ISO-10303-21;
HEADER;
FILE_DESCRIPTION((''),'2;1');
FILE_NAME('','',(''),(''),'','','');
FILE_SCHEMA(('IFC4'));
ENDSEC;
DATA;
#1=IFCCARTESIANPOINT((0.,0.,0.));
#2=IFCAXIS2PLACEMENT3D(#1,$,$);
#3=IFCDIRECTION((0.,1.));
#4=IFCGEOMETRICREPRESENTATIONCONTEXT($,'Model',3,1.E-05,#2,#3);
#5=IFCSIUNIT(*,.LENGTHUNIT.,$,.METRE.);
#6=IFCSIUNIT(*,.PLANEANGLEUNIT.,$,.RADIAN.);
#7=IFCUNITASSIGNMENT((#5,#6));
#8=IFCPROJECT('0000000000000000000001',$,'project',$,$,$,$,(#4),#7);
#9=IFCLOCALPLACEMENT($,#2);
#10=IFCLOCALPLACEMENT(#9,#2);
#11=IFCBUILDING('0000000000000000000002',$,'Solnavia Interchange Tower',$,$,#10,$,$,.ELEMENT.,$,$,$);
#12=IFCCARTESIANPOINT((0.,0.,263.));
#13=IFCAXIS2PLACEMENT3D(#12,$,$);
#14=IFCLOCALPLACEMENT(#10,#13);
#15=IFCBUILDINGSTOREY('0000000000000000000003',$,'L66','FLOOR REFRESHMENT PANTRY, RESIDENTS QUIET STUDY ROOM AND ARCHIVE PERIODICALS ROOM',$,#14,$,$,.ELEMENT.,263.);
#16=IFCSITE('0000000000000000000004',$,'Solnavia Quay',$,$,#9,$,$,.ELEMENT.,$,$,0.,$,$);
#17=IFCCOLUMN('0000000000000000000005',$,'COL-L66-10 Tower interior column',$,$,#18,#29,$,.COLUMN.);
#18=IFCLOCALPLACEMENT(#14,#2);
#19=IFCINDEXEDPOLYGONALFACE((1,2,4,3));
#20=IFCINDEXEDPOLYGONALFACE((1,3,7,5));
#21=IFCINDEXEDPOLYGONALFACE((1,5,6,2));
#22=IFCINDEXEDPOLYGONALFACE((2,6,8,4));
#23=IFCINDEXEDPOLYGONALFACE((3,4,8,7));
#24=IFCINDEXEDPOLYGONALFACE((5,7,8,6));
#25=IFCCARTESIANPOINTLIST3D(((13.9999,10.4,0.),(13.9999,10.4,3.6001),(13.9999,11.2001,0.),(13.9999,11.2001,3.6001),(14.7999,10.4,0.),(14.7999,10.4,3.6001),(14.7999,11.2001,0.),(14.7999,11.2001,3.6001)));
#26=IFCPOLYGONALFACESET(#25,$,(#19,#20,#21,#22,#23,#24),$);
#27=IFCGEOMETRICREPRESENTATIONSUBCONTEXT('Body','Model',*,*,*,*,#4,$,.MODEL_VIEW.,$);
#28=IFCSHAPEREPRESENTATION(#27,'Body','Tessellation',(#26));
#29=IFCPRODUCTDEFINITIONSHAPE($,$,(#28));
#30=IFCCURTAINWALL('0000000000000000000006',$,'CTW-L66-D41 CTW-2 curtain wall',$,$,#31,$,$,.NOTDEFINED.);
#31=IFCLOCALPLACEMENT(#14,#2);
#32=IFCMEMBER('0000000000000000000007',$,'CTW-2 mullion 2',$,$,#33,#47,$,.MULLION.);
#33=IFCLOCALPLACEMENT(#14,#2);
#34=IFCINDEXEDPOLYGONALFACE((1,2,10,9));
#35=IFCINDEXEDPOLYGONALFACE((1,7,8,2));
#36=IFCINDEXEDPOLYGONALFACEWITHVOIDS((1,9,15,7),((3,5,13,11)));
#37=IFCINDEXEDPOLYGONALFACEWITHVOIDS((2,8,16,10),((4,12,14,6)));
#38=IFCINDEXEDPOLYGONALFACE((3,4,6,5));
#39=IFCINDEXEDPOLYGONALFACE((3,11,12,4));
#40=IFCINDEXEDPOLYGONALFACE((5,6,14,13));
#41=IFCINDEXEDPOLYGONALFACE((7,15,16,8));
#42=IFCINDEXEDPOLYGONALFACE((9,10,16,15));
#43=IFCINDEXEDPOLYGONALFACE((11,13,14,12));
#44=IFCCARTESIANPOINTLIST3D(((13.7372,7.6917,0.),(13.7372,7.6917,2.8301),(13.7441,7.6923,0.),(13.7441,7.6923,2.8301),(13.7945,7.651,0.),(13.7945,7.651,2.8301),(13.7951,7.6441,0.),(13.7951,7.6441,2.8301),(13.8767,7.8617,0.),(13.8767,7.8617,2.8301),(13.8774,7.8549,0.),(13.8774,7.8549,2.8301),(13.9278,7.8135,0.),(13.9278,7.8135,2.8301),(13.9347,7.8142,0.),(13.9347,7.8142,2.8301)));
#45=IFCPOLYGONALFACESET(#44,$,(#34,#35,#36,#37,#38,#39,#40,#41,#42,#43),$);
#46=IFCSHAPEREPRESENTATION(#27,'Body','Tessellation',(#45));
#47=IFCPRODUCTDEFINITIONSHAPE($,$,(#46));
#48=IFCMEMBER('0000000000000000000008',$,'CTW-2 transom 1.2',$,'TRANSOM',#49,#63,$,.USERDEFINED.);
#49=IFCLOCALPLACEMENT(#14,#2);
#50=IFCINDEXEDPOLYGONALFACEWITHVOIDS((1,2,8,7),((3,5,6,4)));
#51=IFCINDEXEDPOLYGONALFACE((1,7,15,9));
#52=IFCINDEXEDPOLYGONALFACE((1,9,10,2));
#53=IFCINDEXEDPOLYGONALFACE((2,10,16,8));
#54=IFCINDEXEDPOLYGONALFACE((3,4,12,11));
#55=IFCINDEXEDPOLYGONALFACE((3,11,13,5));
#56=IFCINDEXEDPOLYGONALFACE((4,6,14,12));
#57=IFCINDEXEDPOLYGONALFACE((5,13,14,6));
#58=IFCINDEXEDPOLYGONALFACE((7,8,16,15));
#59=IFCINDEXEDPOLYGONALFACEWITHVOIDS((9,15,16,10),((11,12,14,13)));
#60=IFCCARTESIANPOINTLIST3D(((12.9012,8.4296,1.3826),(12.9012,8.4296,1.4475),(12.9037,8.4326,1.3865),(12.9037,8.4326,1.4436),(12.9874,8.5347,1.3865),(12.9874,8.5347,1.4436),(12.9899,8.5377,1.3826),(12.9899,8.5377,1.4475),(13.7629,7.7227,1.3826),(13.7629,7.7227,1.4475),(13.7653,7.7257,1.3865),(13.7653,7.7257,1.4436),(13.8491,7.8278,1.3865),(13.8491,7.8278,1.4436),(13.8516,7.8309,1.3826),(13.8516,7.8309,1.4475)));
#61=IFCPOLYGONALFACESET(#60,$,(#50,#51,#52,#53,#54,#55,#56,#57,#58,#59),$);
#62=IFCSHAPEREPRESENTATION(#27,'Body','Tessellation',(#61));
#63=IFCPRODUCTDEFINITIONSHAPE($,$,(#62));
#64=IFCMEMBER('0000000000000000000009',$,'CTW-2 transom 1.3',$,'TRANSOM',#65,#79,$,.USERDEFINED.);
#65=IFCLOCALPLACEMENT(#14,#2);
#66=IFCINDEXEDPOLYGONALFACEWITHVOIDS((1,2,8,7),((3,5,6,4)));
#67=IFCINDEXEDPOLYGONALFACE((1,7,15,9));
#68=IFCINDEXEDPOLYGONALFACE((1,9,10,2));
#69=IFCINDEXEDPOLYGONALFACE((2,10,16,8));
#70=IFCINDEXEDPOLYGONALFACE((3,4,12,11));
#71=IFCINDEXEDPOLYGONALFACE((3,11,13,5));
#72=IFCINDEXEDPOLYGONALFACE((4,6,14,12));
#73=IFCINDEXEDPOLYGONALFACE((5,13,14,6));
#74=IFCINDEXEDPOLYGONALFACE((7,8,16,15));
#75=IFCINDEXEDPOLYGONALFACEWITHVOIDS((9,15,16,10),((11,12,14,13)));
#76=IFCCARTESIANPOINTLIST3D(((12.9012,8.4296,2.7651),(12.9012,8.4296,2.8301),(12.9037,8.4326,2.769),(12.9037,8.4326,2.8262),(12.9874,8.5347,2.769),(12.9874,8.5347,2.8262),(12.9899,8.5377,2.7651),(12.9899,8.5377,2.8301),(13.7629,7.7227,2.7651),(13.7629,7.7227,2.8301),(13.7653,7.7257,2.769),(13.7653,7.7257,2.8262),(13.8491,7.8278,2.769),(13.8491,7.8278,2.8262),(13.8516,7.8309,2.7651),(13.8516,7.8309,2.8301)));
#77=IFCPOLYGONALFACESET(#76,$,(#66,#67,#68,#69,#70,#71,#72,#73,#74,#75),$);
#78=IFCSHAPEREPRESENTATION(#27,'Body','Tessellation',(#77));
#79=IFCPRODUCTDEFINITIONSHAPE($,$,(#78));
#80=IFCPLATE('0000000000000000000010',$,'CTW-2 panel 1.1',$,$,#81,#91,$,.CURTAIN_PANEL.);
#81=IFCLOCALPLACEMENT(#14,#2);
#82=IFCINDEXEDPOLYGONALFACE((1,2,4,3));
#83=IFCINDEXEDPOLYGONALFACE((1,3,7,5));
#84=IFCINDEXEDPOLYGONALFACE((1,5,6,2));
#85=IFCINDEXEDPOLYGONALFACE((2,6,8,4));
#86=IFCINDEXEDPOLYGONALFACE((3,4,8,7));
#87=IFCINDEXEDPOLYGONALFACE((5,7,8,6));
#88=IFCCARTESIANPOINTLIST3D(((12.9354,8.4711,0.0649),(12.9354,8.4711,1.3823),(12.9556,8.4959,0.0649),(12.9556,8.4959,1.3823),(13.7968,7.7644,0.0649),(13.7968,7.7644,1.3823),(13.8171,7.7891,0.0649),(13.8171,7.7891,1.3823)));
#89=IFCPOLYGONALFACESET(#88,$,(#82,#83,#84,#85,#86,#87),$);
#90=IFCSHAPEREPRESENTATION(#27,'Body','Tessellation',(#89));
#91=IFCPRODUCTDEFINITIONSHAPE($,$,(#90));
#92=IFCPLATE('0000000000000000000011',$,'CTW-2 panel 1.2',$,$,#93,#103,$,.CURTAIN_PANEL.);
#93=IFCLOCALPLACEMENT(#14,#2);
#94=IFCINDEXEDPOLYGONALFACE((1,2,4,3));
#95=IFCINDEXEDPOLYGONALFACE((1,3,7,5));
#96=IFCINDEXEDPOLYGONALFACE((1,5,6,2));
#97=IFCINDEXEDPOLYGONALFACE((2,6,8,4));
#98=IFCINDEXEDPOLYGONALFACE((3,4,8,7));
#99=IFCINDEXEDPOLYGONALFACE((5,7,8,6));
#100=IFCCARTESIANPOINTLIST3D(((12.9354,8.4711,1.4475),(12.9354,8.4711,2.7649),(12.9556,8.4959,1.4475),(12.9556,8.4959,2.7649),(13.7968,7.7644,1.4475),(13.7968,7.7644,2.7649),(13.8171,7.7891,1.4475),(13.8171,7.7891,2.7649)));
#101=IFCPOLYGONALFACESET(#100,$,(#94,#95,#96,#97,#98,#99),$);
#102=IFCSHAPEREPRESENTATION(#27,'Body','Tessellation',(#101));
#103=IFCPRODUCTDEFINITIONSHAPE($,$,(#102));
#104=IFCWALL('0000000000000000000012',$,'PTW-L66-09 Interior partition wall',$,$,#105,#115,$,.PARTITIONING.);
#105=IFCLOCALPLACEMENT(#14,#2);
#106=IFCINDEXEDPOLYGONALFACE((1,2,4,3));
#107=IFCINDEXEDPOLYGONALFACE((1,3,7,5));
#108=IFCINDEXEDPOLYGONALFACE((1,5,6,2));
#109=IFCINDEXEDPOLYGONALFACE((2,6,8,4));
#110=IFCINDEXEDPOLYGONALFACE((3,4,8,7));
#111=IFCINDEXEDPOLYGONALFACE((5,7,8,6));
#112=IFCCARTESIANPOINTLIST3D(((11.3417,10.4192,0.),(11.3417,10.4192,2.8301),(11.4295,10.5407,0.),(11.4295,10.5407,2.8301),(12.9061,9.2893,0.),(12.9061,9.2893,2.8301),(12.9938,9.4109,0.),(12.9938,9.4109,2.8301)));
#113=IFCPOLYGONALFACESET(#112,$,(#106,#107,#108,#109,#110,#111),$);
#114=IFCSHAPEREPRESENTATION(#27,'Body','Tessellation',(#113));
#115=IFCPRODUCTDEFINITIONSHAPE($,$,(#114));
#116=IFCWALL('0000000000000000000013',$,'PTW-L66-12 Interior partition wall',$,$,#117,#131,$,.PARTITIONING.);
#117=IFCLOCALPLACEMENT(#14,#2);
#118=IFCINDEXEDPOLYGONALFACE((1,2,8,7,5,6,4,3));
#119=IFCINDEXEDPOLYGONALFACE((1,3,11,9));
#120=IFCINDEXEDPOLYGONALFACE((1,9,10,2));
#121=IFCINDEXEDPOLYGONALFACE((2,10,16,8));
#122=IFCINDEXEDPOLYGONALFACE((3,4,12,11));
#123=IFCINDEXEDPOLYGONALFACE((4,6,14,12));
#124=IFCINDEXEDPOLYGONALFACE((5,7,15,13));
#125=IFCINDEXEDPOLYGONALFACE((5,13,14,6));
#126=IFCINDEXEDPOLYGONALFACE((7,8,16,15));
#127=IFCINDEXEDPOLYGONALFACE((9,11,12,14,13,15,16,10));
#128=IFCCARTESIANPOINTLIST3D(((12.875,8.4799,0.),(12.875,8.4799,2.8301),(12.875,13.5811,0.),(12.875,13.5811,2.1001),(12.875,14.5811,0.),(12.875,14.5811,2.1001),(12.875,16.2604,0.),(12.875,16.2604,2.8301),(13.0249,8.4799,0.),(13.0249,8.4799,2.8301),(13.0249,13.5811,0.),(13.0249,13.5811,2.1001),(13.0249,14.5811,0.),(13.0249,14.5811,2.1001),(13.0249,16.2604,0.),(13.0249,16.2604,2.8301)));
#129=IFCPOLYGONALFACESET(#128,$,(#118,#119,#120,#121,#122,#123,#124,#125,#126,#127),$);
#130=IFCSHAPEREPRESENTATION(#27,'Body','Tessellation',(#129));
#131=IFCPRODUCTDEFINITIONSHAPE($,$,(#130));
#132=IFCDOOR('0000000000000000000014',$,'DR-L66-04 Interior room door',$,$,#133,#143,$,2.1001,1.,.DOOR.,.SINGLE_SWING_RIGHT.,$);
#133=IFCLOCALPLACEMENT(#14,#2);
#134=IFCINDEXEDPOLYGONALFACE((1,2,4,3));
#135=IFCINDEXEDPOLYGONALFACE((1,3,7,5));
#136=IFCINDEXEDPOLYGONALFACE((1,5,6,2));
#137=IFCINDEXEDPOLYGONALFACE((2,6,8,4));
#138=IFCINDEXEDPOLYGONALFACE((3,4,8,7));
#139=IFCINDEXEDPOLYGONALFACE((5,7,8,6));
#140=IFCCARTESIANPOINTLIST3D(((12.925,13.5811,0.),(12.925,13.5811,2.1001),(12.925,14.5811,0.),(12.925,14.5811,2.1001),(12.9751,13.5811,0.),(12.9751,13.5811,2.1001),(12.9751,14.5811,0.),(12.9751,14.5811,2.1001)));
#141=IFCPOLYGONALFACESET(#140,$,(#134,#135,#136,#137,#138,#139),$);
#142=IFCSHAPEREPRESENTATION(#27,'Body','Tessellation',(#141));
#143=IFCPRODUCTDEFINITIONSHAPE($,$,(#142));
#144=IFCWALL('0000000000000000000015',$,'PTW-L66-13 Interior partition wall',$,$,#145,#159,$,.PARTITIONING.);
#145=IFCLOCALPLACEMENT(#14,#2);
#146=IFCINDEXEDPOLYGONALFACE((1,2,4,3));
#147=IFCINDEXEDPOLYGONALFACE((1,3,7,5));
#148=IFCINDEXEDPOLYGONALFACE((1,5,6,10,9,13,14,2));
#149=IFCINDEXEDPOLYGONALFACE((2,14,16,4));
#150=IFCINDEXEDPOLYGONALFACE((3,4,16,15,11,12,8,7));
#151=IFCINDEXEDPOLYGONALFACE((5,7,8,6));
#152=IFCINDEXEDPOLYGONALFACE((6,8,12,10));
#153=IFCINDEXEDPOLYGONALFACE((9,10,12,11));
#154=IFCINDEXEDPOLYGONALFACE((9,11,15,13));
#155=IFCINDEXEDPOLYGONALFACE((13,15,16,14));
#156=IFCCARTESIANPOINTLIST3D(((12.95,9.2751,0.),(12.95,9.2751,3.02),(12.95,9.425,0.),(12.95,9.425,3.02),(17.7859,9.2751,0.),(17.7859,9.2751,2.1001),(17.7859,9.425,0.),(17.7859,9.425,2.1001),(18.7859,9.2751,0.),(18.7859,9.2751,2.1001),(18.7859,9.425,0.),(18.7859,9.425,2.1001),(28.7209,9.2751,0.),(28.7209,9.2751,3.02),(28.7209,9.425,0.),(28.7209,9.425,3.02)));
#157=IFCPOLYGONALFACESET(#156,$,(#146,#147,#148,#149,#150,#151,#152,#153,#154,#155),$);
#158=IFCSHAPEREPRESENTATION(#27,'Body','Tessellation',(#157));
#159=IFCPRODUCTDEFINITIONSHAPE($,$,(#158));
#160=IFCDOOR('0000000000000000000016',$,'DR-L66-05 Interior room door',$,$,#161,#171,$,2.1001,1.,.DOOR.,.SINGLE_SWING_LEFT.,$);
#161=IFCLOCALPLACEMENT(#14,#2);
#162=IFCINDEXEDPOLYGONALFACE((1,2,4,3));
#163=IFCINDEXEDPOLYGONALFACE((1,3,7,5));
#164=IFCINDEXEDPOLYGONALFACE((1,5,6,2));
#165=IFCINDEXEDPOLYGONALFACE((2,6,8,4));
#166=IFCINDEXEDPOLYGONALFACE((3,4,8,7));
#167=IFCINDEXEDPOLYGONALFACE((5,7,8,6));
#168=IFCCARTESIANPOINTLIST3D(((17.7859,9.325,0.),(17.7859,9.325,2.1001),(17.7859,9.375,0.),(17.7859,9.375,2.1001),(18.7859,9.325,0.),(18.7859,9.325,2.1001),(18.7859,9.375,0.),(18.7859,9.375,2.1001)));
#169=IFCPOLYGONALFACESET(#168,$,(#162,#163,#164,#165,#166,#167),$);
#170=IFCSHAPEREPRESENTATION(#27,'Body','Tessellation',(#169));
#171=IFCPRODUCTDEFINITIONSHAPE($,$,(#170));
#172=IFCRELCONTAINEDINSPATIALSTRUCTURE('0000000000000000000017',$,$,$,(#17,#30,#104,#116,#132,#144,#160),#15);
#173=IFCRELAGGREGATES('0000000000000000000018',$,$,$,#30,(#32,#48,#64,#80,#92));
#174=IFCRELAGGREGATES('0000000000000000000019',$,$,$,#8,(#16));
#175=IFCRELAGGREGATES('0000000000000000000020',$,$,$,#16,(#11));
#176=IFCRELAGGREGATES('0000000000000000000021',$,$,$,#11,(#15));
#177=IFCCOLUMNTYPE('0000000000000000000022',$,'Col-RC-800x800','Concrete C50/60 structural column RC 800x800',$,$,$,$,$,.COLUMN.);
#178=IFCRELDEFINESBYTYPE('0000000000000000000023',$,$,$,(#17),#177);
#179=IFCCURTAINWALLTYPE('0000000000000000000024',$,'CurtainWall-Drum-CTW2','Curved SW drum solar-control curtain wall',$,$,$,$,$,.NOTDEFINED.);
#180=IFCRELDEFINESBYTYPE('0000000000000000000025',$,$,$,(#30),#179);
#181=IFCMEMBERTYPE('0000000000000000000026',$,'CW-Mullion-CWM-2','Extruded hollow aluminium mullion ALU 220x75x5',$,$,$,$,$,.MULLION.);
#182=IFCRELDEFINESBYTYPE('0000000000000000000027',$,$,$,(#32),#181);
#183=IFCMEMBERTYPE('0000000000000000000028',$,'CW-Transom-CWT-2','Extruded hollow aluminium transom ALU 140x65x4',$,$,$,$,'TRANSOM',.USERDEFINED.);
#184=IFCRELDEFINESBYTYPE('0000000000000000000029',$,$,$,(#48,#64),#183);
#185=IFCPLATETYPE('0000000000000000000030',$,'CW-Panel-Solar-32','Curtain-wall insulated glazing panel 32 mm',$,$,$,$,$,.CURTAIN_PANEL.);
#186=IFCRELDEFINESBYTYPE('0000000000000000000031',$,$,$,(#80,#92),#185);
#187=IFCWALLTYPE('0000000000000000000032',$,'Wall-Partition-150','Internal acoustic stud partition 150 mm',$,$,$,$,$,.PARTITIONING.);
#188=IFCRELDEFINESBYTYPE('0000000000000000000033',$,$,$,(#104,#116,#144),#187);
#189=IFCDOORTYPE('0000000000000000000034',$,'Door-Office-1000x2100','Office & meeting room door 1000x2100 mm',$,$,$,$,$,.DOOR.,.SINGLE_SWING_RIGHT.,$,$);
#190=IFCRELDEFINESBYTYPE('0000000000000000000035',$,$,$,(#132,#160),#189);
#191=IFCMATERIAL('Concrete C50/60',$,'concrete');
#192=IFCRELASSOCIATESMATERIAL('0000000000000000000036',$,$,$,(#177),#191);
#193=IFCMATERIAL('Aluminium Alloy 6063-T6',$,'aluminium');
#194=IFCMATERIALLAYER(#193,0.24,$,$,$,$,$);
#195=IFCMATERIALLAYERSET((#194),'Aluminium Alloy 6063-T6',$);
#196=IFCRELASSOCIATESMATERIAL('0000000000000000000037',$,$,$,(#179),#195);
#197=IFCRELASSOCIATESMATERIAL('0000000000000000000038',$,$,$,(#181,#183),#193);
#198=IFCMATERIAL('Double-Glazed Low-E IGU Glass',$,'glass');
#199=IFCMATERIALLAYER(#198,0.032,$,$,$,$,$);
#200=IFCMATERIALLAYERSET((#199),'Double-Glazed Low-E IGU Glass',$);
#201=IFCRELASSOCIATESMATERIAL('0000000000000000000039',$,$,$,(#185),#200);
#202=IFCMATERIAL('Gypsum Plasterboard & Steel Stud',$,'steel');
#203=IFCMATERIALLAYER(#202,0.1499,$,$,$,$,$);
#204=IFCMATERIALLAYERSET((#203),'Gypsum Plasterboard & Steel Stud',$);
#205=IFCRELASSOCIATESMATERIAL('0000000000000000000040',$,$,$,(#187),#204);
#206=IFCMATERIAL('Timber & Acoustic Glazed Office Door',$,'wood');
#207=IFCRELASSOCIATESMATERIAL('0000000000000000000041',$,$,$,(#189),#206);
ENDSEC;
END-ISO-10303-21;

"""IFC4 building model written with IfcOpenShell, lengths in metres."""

from ifc_helpers import new_model, si_unit, direction, frame, frame_2d, origin, origin_2d, place, context, subcontext, project, spatial, rectangle, hollow_rectangle, extrude, material, layer, layer_set, material_profile, profile_set, type_object, element, fill, aggregate, save


model = new_model("IFC4")

# Units and contexts
model_context = context("Model", 3, precision=1e-05, world=origin(), true_north=direction((0.0, 1.0)))
body_context = subcontext(model_context, "Body", "Model", "MODEL_VIEW")
ifc_project = project(units=[si_unit("LENGTHUNIT", "METRE"), si_unit("PLANEANGLEUNIT", "RADIAN")], contexts=[model_context])

# Site, building, storey
site_placement = place(None, origin())
site = spatial("IfcSite", under=ifc_project, at=site_placement, Name="Solnavia Quay", CompositionType="ELEMENT", RefElevation=0.0)
building_placement = place(site_placement, origin())
building = spatial("IfcBuilding", under=site, at=building_placement, Name="Solnavia Interchange Tower", CompositionType="ELEMENT")
storey_placement = place(building_placement, frame((0.0, 0.0, 263.0)))
storey = spatial("IfcBuildingStorey", under=building, at=storey_placement, Name="L66", Description="FLOOR REFRESHMENT PANTRY, RESIDENTS QUIET STUDY ROOM AND ARCHIVE PERIODICALS ROOM", CompositionType="ELEMENT", Elevation=263.0)

# Column
ifc_material_1 = material(Name="Concrete C50/60", Category="concrete")
ifc_material_profile_1 = material_profile(ifc_material_1, rectangle(XDim=0.8, YDim=0.8, at=origin_2d()), Name="RC 800x800")
ifc_profile_set_1 = profile_set([ifc_material_profile_1], Name="Concrete C50/60")
column_type = type_object("IfcColumnType", Name="Col-RC-800x800", Description="Concrete C50/60 structural column RC 800x800", PredefinedType="COLUMN", material=ifc_profile_set_1)
column_placement = place(storey_placement, frame((14.3999, 10.8, 0.0), z_axis=(0.0, 0.0, 1.0), x_axis=(1.0, 0.0, 0.0)))
element("IfcColumn", 1, at=column_placement, inside=storey, type_object=column_type, Name="COL-L66-10 Tower interior column", PredefinedType="COLUMN", context=body_context, shape_type="SweptSolid", body=[
    extrude(rectangle(XDim=0.8, YDim=0.8, at=origin_2d()), origin(), (0.0, 0.0, 1.0), 3.6001),
])

# Curtain wall, members, plates
ifc_material_2 = material(Name="Aluminium Alloy 6063-T6", Category="aluminium")
ifc_layer_1 = layer(ifc_material_2, 0.24)
ifc_layer_set_1 = layer_set([ifc_layer_1], Name="Aluminium Alloy 6063-T6")
curtain_wall_type = type_object("IfcCurtainWallType", Name="CurtainWall-Drum-CTW2", Description="Curved SW drum solar-control curtain wall", PredefinedType="NOTDEFINED", material=ifc_layer_set_1)
curtain_wall_placement = place(storey_placement, origin())
curtain_wall = element("IfcCurtainWall", 2, at=curtain_wall_placement, inside=storey, type_object=curtain_wall_type, Name="CTW-L66-D41 CTW-2 curtain wall", PredefinedType="NOTDEFINED")
ifc_material_profile_2 = material_profile(ifc_material_2, hollow_rectangle(XDim=0.075, YDim=0.22, WallThickness=0.0049, at=origin_2d()), Name="ALU 220x75x5")
ifc_profile_set_2 = profile_set([ifc_material_profile_2], Name="Aluminium Alloy 6063-T6")
member_type_1 = type_object("IfcMemberType", Name="CW-Mullion-CWM-2", Description="Extruded hollow aluminium mullion ALU 220x75x5", PredefinedType="MULLION", material=ifc_profile_set_2)
member_1_placement = place(storey_placement, frame((13.8359, 7.7529, 0.0), z_axis=(0.0, 0.0, 1.0), x_axis=(0.773103, -0.63428, 0.0)))
member_1 = element("IfcMember", 3, at=member_1_placement, type_object=member_type_1, Name="CTW-2 mullion 2", PredefinedType="MULLION", context=body_context, shape_type="SweptSolid", body=[
    extrude(hollow_rectangle(XDim=0.075, YDim=0.22, WallThickness=0.0049, at=origin_2d()), origin(), (0.0, 0.0, 1.0), 2.8301),
])
ifc_material_profile_3 = material_profile(ifc_material_2, hollow_rectangle(XDim=0.0649, YDim=0.1399, WallThickness=0.0039, at=origin_2d()), Name="ALU 140x65x4")
ifc_profile_set_3 = profile_set([ifc_material_profile_3], Name="Aluminium Alloy 6063-T6")
member_type_2 = type_object("IfcMemberType", Name="CW-Transom-CWT-2", Description="Extruded hollow aluminium transom ALU 140x65x4", ElementType="TRANSOM", PredefinedType="USERDEFINED", material=ifc_profile_set_3)
member_2_placement = place(storey_placement, frame((12.9456, 8.4836, 1.415), z_axis=(0.773137, -0.634239, 0.0), x_axis=(0.0, 0.0, 1.0)))
member_2 = element("IfcMember", 4, at=member_2_placement, type_object=member_type_2, Name="CTW-2 transom 1.2", ObjectType="TRANSOM", PredefinedType="USERDEFINED", context=body_context, shape_type="SweptSolid", body=[
    extrude(hollow_rectangle(XDim=0.0649, YDim=0.1399, WallThickness=0.0039, at=origin_2d()), origin(), (0.0, 0.0, 1.0), 1.1145),
])
member_3_placement = place(storey_placement, frame((12.9456, 8.4836, 2.7976), z_axis=(0.773137, -0.634239, 0.0), x_axis=(0.0, 0.0, 1.0)))
member_3 = element("IfcMember", 5, at=member_3_placement, type_object=member_type_2, Name="CTW-2 transom 1.3", ObjectType="TRANSOM", PredefinedType="USERDEFINED", context=body_context, shape_type="SweptSolid", body=[
    extrude(hollow_rectangle(XDim=0.0649, YDim=0.1399, WallThickness=0.0039, at=origin_2d()), origin(), (0.0, 0.0, 1.0), 1.1145),
])
ifc_material_3 = material(Name="Double-Glazed Low-E IGU Glass", Category="glass")
ifc_layer_2 = layer(ifc_material_3, 0.032)
ifc_layer_set_2 = layer_set([ifc_layer_2], Name="Double-Glazed Low-E IGU Glass")
plate_type = type_object("IfcPlateType", Name="CW-Panel-Solar-32", Description="Curtain-wall insulated glazing panel 32 mm", PredefinedType="CURTAIN_PANEL", material=ifc_layer_set_2)
plate_1_placement = place(storey_placement, frame((13.3762, 8.1301, 0.0649), z_axis=(0.0, 0.0, 1.0), x_axis=(0.773103, -0.63428, 0.0)))
plate_1 = element("IfcPlate", 6, at=plate_1_placement, type_object=plate_type, Name="CTW-2 panel 1.1", PredefinedType="CURTAIN_PANEL", context=body_context, shape_type="SweptSolid", body=[
    extrude(rectangle(XDim=1.1143, YDim=0.032, at=origin_2d()), origin(), (0.0, 0.0, 1.0), 1.3174),
])
plate_2_placement = place(storey_placement, frame((13.3762, 8.1301, 1.4475), z_axis=(0.0, 0.0, 1.0), x_axis=(0.773103, -0.63428, 0.0)))
plate_2 = element("IfcPlate", 7, at=plate_2_placement, type_object=plate_type, Name="CTW-2 panel 1.2", PredefinedType="CURTAIN_PANEL", context=body_context, shape_type="SweptSolid", body=[
    extrude(rectangle(XDim=1.1143, YDim=0.032, at=origin_2d()), origin(), (0.0, 0.0, 1.0), 1.3174),
])
aggregate(curtain_wall, [member_1, member_2, member_3, plate_1, plate_2])

# Wall
ifc_material_4 = material(Name="Gypsum Plasterboard & Steel Stud", Category="steel")
ifc_layer_3 = layer(ifc_material_4, 0.1499)
ifc_layer_set_3 = layer_set([ifc_layer_3], Name="Gypsum Plasterboard & Steel Stud")
wall_type_1 = type_object("IfcWallType", Name="Wall-Partition-150", Description="Internal acoustic stud partition 150 mm", PredefinedType="PARTITIONING", material=ifc_layer_set_3)
wall_1_placement = place(storey_placement, frame((12.95, 9.3501, 0.0), z_axis=(0.0, 0.0, 1.0), x_axis=(-0.810679, 0.585491, 0.0)))
element("IfcWall", 8, at=wall_1_placement, inside=storey, type_object=wall_type_1, Name="PTW-L66-09 Interior partition wall", PredefinedType="PARTITIONING", context=body_context, shape_type="SweptSolid", body=[
    extrude(rectangle(XDim=1.9297, YDim=0.1499, at=frame_2d((0.9648, 0.0))), origin(), (0.0, 0.0, 1.0), 2.8301),
])

# Walls, openings, doors
wall_2_placement = place(storey_placement, frame((12.95, 8.48, 0.0), z_axis=(0.0, 0.0, 1.0), x_axis=(0.0, 1.0, 0.0)))
wall_2 = element("IfcWall", 9, at=wall_2_placement, inside=storey, type_object=wall_type_1, Name="PTW-L66-12 Interior partition wall", PredefinedType="PARTITIONING", context=body_context, shape_type="SweptSolid", body=[
    extrude(rectangle(XDim=7.7805, YDim=0.1499, at=frame_2d((3.8901, 0.0))), origin(), (0.0, 0.0, 1.0), 2.8301),
])
opening_1_placement = place(wall_2_placement, frame((5.1011, 0.0, 0.0)))
opening_1 = element("IfcOpeningElement", 10, at=opening_1_placement, cuts=wall_2, PredefinedType="OPENING", context=body_context, shape_type="SweptSolid", body=[
    extrude(rectangle(XDim=1.0, YDim=2.1001, at=frame_2d((0.5, 1.05))), frame((0.0, 0.085, 0.0), z_axis=(0.0, -1.0, 0.0), x_axis=(1.0, 0.0, 0.0)), (0.0, 0.0, 1.0), 0.1699),
])
ifc_material_5 = material(Name="Timber & Acoustic Glazed Office Door", Category="wood")
door_type_1 = type_object("IfcDoorType", Name="Door-Office-1000x2100", Description="Office & meeting room door 1000x2100 mm", OperationType="SINGLE_SWING_RIGHT", PredefinedType="DOOR", material=ifc_material_5)
door_1_placement = place(opening_1_placement, origin())
door_1 = element("IfcDoor", 11, at=door_1_placement, inside=storey, type_object=door_type_1, Name="DR-L66-04 Interior room door", OperationType="SINGLE_SWING_RIGHT", OverallHeight=2.1001, OverallWidth=1.0, PredefinedType="DOOR", context=body_context, shape_type="SweptSolid", body=[
    extrude(rectangle(XDim=1.0, YDim=2.1001, at=frame_2d((0.5, 1.05))), frame((0.0, 0.0249, 0.0), z_axis=(0.0, -1.0, 0.0), x_axis=(1.0, 0.0, 0.0)), (0.0, 0.0, 1.0), 0.05),
])
fill(opening_1, door_1)
wall_3_placement = place(storey_placement, frame((12.95, 9.3501, 0.0), z_axis=(0.0, 0.0, 1.0), x_axis=(1.0, 0.0, 0.0)))
wall_3 = element("IfcWall", 12, at=wall_3_placement, inside=storey, type_object=wall_type_1, Name="PTW-L66-13 Interior partition wall", PredefinedType="PARTITIONING", context=body_context, shape_type="SweptSolid", body=[
    extrude(rectangle(XDim=15.771, YDim=0.1499, at=frame_2d((7.8855, 0.0))), origin(), (0.0, 0.0, 1.0), 3.02),
])
opening_2_placement = place(wall_3_placement, frame((4.8359, 0.0, 0.0)))
opening_2 = element("IfcOpeningElement", 13, at=opening_2_placement, cuts=wall_3, PredefinedType="OPENING", context=body_context, shape_type="SweptSolid", body=[
    extrude(rectangle(XDim=1.0, YDim=2.1001, at=frame_2d((0.5, 1.05))), frame((0.0, 0.085, 0.0), z_axis=(0.0, -1.0, 0.0), x_axis=(1.0, 0.0, 0.0)), (0.0, 0.0, 1.0), 0.1699),
])
door_2_placement = place(opening_2_placement, origin())
door_2 = element("IfcDoor", 14, at=door_2_placement, inside=storey, type_object=door_type_1, Name="DR-L66-05 Interior room door", OperationType="SINGLE_SWING_LEFT", OverallHeight=2.1001, OverallWidth=1.0, PredefinedType="DOOR", context=body_context, shape_type="SweptSolid", body=[
    extrude(rectangle(XDim=1.0, YDim=2.1001, at=frame_2d((0.5, 1.05))), frame((0.0, 0.0249, 0.0), z_axis=(0.0, -1.0, 0.0), x_axis=(1.0, 0.0, 0.0)), (0.0, 0.0, 1.0), 0.05),
])
fill(opening_2, door_2)

save(model, "model.ifc")
